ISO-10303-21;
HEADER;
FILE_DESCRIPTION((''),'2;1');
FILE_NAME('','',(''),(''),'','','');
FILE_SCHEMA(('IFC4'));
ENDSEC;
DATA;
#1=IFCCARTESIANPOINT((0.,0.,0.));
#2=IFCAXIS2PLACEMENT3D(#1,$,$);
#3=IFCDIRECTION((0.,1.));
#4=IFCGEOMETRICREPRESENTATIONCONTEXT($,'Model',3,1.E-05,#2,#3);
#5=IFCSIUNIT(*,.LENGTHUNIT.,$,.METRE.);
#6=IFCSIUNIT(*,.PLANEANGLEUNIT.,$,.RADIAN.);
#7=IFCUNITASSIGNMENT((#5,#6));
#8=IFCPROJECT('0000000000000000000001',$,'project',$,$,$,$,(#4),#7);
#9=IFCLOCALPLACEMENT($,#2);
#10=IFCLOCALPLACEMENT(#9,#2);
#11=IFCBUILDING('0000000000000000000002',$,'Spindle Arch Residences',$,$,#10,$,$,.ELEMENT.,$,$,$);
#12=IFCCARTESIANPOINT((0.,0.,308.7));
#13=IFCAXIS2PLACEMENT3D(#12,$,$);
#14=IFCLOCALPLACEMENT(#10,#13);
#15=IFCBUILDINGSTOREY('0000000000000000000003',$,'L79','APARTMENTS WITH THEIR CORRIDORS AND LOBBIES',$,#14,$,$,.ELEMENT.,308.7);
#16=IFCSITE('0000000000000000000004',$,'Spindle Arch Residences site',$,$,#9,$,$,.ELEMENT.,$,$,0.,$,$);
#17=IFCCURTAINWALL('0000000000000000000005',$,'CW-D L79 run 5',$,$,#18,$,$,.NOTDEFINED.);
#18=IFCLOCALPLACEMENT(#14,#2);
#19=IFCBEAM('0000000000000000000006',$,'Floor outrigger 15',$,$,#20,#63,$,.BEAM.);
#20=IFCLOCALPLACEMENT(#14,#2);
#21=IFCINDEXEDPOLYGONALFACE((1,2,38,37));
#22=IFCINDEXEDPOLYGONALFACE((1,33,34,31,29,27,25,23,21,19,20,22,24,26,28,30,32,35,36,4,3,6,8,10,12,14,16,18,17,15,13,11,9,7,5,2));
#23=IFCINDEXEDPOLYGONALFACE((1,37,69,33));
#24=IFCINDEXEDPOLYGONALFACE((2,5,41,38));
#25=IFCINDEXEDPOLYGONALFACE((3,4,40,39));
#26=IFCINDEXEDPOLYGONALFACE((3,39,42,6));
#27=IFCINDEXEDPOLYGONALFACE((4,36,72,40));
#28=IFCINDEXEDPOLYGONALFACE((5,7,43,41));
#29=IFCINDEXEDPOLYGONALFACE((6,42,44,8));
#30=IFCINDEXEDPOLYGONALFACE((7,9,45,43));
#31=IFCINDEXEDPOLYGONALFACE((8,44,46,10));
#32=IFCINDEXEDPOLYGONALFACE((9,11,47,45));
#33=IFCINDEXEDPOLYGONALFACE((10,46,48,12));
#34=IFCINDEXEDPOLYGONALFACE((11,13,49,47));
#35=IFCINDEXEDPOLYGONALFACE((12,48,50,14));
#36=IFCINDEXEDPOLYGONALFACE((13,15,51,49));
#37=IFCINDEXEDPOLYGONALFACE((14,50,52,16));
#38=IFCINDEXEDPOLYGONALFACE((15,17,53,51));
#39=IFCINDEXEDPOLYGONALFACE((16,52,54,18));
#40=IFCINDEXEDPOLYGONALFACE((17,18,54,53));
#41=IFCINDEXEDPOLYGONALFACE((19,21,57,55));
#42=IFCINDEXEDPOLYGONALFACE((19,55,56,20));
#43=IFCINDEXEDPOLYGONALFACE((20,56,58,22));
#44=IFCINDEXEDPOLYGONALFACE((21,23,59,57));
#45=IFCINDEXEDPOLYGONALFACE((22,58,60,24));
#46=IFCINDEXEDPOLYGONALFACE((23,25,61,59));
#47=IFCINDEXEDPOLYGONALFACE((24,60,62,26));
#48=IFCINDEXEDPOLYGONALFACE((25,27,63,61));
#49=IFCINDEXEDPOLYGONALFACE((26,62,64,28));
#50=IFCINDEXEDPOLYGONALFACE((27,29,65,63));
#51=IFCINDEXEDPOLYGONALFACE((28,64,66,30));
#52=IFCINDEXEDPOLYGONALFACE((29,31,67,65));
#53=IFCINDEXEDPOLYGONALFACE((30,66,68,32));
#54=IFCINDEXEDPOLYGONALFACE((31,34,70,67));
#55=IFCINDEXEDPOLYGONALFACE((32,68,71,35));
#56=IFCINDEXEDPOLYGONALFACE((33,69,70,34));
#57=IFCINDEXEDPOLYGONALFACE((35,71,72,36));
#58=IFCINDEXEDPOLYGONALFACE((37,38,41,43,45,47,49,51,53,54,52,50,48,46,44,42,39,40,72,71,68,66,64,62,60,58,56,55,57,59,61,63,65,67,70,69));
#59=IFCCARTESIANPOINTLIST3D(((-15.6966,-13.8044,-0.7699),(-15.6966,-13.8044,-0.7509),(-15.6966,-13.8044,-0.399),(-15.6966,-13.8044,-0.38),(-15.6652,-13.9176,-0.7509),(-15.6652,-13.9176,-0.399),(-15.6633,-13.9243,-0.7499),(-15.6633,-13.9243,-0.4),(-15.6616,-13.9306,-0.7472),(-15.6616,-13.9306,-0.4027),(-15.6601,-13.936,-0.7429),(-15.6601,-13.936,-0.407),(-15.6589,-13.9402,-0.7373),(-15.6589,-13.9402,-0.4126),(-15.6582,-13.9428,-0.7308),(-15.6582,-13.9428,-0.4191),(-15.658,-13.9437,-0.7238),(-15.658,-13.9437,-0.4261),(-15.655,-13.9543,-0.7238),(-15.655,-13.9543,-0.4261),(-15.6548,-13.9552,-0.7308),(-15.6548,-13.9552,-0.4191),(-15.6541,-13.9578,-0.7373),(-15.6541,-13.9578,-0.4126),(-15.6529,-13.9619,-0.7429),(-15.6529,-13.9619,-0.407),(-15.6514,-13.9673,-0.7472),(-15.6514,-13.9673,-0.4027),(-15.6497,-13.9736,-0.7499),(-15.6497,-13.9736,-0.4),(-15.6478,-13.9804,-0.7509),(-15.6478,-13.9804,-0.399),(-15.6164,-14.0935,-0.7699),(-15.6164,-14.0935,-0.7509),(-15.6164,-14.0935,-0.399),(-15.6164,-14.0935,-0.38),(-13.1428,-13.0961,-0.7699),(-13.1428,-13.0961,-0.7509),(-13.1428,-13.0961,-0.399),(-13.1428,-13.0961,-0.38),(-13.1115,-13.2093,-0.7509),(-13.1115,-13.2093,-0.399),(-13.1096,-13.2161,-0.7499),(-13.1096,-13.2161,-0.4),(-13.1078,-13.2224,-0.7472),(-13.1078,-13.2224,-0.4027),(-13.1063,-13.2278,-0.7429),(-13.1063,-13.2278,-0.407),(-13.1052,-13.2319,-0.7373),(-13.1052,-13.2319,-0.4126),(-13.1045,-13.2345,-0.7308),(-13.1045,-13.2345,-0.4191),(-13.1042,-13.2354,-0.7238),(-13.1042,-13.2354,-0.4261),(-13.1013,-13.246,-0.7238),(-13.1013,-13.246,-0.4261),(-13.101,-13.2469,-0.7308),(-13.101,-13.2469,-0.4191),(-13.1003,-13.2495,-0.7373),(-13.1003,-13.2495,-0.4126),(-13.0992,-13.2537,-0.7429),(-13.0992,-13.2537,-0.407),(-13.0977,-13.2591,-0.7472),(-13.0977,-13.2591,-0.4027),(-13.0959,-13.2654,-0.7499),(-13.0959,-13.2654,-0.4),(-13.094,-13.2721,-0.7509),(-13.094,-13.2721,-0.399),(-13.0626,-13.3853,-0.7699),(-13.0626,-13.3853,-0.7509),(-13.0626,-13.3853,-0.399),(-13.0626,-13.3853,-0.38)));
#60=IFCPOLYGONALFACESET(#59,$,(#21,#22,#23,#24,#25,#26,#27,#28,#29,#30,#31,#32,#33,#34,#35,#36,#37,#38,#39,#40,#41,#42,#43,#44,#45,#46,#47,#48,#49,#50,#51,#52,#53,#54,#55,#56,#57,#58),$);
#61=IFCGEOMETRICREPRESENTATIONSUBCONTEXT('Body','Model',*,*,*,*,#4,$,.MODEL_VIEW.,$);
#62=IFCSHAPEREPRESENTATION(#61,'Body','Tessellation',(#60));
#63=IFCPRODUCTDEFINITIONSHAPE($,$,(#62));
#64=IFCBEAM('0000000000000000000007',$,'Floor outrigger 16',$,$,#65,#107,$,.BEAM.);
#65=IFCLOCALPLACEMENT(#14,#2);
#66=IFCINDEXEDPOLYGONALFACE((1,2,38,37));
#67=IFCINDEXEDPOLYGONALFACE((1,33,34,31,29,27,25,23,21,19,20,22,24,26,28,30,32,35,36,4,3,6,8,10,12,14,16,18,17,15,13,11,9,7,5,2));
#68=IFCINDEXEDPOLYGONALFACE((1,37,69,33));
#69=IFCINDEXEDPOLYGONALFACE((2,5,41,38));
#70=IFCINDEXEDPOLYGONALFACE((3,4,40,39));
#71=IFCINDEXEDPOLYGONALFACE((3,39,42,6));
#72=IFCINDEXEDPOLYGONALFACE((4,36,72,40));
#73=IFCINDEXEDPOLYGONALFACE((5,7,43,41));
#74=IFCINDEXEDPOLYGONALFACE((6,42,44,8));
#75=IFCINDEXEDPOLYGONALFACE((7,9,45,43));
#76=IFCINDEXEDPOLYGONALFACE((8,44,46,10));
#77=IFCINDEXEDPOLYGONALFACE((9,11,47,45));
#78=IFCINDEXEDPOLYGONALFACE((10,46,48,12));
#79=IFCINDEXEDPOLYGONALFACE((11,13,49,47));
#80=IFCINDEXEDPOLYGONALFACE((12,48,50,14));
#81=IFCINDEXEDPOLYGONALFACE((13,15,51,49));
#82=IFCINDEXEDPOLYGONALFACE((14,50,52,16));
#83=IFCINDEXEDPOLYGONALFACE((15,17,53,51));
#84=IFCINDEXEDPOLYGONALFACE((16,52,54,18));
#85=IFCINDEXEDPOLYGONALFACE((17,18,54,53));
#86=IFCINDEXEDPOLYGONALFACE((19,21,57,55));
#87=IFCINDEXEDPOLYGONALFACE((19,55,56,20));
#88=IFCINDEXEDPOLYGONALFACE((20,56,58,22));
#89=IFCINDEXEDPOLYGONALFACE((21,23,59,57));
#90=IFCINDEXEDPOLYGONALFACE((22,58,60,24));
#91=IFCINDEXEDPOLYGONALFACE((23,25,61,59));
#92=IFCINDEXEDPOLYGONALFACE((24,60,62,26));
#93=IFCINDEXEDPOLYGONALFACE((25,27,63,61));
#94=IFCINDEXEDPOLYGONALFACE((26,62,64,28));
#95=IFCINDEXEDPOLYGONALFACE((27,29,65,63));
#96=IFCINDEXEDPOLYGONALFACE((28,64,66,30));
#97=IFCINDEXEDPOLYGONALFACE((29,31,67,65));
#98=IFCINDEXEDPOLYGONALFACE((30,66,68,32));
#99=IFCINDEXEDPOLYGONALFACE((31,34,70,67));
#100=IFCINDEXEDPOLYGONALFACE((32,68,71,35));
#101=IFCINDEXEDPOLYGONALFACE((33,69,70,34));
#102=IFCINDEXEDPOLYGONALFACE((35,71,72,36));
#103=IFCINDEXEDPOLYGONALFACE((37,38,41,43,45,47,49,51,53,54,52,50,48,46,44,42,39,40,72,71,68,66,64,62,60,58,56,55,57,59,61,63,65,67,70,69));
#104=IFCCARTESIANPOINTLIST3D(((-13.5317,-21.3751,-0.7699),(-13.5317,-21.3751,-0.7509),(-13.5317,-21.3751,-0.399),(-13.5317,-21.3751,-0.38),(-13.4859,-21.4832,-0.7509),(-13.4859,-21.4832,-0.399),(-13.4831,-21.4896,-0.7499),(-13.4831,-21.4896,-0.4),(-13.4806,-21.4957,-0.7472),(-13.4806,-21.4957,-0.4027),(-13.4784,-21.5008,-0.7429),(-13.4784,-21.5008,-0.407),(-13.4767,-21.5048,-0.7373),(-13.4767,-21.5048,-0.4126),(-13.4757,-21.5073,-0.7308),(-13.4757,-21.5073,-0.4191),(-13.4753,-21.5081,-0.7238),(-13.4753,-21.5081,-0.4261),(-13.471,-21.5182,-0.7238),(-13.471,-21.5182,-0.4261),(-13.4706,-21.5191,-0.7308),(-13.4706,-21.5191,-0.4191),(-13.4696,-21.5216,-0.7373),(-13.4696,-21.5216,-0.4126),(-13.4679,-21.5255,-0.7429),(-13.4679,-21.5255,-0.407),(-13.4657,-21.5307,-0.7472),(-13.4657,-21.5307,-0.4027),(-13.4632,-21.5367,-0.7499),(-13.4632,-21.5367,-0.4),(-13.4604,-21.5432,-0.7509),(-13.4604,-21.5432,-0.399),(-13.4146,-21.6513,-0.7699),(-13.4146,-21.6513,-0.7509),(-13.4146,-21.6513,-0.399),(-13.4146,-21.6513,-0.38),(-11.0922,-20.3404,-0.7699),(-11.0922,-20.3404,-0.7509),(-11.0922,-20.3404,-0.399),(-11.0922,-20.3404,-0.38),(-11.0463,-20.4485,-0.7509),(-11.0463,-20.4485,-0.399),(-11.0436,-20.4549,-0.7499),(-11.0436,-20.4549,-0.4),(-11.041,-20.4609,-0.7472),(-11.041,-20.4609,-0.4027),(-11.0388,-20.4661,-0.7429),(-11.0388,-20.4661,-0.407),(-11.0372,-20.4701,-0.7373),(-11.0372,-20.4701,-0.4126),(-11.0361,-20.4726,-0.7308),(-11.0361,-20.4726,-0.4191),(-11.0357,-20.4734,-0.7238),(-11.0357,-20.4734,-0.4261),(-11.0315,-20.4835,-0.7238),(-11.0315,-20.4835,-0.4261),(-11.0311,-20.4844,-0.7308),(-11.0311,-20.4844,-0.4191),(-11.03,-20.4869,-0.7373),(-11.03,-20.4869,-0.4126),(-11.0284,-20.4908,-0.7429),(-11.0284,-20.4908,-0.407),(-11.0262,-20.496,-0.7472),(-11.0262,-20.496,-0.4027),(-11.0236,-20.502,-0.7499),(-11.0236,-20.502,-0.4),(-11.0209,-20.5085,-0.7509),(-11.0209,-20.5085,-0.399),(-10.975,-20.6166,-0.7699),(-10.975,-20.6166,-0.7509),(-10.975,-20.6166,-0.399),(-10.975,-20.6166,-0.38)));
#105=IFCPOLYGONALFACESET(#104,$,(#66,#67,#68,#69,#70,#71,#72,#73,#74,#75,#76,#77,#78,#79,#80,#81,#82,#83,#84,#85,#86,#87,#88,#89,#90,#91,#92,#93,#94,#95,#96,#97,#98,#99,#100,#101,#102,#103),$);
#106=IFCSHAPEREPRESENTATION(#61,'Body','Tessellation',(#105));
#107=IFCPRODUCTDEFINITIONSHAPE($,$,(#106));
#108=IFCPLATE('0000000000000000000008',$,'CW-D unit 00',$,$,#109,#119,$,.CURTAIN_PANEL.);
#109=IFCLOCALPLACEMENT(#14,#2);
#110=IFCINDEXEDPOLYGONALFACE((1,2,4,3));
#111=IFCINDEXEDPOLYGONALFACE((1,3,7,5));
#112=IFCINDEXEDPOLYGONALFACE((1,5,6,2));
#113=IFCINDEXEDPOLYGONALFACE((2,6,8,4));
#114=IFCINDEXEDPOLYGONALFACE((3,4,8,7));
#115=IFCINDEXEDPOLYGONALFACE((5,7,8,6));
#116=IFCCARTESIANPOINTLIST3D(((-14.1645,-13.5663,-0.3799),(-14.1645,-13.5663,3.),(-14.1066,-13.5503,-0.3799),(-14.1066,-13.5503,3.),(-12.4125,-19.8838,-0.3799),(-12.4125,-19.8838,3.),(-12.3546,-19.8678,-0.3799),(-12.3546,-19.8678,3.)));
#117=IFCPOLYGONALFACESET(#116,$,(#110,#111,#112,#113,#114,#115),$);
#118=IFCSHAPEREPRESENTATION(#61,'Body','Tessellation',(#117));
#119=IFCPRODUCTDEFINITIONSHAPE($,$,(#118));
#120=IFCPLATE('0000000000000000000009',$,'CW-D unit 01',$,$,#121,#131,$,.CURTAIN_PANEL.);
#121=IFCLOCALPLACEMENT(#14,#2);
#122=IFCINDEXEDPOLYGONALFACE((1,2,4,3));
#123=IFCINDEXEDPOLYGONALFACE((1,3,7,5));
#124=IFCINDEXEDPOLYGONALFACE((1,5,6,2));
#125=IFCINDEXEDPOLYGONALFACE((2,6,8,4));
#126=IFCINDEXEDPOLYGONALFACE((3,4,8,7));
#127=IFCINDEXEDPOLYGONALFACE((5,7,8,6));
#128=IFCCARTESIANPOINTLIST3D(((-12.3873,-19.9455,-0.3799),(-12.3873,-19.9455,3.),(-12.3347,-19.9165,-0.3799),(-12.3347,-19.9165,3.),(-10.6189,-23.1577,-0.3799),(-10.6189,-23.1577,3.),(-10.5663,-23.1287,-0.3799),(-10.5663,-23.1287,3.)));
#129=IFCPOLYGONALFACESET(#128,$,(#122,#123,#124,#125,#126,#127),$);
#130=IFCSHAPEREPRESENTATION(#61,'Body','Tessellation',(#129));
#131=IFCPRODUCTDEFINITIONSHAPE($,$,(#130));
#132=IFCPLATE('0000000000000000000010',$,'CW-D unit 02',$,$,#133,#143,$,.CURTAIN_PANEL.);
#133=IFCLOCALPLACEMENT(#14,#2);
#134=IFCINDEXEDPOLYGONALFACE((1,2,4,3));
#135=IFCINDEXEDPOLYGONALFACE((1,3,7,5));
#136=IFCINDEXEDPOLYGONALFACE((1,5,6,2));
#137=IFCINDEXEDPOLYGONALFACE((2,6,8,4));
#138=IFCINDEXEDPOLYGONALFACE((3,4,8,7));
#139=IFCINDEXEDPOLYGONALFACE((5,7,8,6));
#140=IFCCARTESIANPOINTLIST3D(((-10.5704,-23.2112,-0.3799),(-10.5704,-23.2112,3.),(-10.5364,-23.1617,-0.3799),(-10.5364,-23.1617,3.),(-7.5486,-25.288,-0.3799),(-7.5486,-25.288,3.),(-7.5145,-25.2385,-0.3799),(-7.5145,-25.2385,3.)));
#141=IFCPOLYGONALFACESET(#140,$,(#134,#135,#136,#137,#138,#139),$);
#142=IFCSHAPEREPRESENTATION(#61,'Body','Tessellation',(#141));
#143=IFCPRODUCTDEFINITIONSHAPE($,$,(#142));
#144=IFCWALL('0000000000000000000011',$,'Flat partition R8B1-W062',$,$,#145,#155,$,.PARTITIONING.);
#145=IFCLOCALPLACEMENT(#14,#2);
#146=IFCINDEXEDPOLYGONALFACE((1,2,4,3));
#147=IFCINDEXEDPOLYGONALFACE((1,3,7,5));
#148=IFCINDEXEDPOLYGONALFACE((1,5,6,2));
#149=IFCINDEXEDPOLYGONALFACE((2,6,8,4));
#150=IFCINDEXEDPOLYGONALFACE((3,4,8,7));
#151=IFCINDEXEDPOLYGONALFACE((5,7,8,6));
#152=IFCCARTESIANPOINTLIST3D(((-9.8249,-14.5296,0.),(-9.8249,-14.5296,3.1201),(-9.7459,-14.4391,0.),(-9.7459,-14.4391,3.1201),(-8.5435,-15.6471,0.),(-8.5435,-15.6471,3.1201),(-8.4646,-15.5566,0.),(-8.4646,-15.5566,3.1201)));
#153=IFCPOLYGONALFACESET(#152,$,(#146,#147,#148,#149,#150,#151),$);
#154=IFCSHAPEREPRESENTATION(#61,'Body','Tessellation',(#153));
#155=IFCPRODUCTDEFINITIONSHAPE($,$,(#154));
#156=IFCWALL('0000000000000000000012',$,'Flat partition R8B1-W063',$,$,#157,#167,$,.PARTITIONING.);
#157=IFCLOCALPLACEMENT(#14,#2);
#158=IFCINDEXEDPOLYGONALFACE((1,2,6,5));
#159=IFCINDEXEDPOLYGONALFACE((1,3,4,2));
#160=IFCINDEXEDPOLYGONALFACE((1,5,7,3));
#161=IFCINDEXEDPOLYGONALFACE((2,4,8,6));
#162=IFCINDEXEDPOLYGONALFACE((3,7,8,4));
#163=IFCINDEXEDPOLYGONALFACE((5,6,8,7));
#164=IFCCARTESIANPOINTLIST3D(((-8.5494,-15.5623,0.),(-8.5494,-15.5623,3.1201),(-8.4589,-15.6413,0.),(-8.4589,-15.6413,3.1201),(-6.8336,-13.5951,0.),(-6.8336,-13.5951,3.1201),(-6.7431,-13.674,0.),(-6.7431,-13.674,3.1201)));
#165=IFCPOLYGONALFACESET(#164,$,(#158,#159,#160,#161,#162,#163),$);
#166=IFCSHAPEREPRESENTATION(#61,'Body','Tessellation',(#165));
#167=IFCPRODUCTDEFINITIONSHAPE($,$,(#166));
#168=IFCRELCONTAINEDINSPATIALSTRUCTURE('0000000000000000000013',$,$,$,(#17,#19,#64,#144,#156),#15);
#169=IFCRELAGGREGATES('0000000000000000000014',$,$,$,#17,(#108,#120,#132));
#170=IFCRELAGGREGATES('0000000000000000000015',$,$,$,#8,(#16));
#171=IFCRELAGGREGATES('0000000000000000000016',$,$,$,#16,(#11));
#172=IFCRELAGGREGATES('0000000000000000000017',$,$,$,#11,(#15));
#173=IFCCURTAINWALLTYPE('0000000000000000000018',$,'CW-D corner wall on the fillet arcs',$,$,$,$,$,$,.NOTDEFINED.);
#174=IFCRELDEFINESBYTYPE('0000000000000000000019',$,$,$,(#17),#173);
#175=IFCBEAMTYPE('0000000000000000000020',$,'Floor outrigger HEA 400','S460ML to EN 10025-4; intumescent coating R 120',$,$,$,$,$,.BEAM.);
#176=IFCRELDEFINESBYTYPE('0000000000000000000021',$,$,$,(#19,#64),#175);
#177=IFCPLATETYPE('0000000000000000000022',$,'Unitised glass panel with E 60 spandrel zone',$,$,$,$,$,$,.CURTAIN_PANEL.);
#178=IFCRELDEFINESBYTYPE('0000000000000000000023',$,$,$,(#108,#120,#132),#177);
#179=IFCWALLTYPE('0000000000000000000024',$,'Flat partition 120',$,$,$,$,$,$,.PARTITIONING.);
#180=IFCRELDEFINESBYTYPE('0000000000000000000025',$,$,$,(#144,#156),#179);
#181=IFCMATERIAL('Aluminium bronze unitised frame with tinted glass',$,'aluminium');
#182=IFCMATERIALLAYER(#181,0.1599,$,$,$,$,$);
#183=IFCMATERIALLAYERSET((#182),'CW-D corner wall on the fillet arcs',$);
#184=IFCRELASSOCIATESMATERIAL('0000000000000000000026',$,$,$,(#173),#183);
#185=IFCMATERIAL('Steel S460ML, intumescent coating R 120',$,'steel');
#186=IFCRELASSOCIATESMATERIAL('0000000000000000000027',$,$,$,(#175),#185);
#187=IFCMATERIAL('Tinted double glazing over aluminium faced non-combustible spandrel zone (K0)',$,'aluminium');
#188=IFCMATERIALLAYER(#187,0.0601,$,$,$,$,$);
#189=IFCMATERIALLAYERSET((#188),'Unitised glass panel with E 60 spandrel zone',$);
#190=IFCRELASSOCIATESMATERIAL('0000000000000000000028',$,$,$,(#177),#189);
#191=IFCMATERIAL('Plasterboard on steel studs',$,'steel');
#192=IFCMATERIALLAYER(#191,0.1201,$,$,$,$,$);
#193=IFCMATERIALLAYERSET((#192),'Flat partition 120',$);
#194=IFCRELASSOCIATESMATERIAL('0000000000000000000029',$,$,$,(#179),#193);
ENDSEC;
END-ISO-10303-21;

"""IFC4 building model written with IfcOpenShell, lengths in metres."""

from ifc_helpers import new_model, si_unit, direction, frame, frame_2d, origin, origin_2d, place, context, subcontext, project, spatial, rectangle, i_section, extrude, material, layer, layer_set, material_profile, profile_set, type_object, element, aggregate, save


model = new_model("IFC4")

# Units and contexts
model_context = context("Model", 3, precision=1e-05, world=origin(), true_north=direction((0.0, 1.0)))
body_context = subcontext(model_context, "Body", "Model", "MODEL_VIEW")
ifc_project = project(units=[si_unit("LENGTHUNIT", "METRE"), si_unit("PLANEANGLEUNIT", "RADIAN")], contexts=[model_context])

# Site, building, storey
site_placement = place(None, origin())
site = spatial("IfcSite", under=ifc_project, at=site_placement, Name="Spindle Arch Residences site", CompositionType="ELEMENT", RefElevation=0.0)
building_placement = place(site_placement, origin())
building = spatial("IfcBuilding", under=site, at=building_placement, Name="Spindle Arch Residences", CompositionType="ELEMENT")
storey_placement = place(building_placement, frame((0.0, 0.0, 308.7)))
storey = spatial("IfcBuildingStorey", under=building, at=storey_placement, Name="L79", Description="APARTMENTS WITH THEIR CORRIDORS AND LOBBIES", CompositionType="ELEMENT", Elevation=308.7)

# Curtain wall
ifc_material_1 = material(Name="Aluminium bronze unitised frame with tinted glass", Category="aluminium")
ifc_layer_1 = layer(ifc_material_1, 0.1599)
ifc_layer_set_1 = layer_set([ifc_layer_1], Name="CW-D corner wall on the fillet arcs")
curtain_wall_type = type_object("IfcCurtainWallType", Name="CW-D corner wall on the fillet arcs", PredefinedType="NOTDEFINED", material=ifc_layer_set_1)
curtain_wall_placement = place(storey_placement, origin())
curtain_wall = element("IfcCurtainWall", 1, at=curtain_wall_placement, inside=storey, type_object=curtain_wall_type, Name="CW-D L79 run 5", PredefinedType="NOTDEFINED")

# Beams
ifc_material_2 = material(Name="Steel S460ML, intumescent coating R 120", Category="steel")
ifc_material_profile_1 = material_profile(ifc_material_2, i_section(OverallWidth=0.3, OverallDepth=0.3899, WebThickness=0.011, FlangeThickness=0.019, FilletRadius=0.0271, at=origin_2d()), Name="HEA 400")
ifc_profile_set_1 = profile_set([ifc_material_profile_1], Name="Steel S460ML, intumescent coating R 120")
beam_type_1 = type_object("IfcBeamType", Name="Floor outrigger HEA 400", Description="S460ML to EN 10025-4; intumescent coating R 120", PredefinedType="BEAM", material=ifc_profile_set_1)
beam_1_placement = place(storey_placement, frame((-15.6565, -13.949, -0.575), z_axis=(0.963626, 0.267254, 0.0), x_axis=(-0.267254, 0.963626, 0.0)))
element("IfcBeam", 2, at=beam_1_placement, inside=storey, type_object=beam_type_1, Name="Floor outrigger 15", PredefinedType="BEAM", context=body_context, shape_type="SweptSolid", body=[
    extrude(i_section(OverallWidth=0.3, OverallDepth=0.3899, WebThickness=0.011, FlangeThickness=0.019, FilletRadius=0.0271, at=origin_2d()), origin(), (0.0, 0.0, 1.0), 2.6501),
])
beam_2_placement = place(storey_placement, frame((-13.4731, -21.5132, -0.575), z_axis=(0.920616, 0.390469, 0.0), x_axis=(-0.390469, 0.920616, 0.0)))
element("IfcBeam", 3, at=beam_2_placement, inside=storey, type_object=beam_type_1, Name="Floor outrigger 16", PredefinedType="BEAM", context=body_context, shape_type="SweptSolid", body=[
    extrude(i_section(OverallWidth=0.3, OverallDepth=0.3899, WebThickness=0.011, FlangeThickness=0.019, FilletRadius=0.0271, at=origin_2d()), origin(), (0.0, 0.0, 1.0), 2.6499),
])

# Plates
ifc_material_3 = material(Name="Tinted double glazing over aluminium faced non-combustible spandrel zone (K0)", Category="aluminium")
ifc_layer_2 = layer(ifc_material_3, 0.0601)
ifc_layer_set_2 = layer_set([ifc_layer_2], Name="Unitised glass panel with E 60 spandrel zone")
plate_type = type_object("IfcPlateType", Name="Unitised glass panel with E 60 spandrel zone", PredefinedType="CURTAIN_PANEL", material=ifc_layer_set_2)
plate_1_placement = place(storey_placement, frame((-13.2595, -16.717, -0.3799), z_axis=(0.0, 0.0, 1.0), x_axis=(0.267238, -0.96363, 0.0)))
plate_1 = element("IfcPlate", 4, at=plate_1_placement, type_object=plate_type, Name="CW-D unit 00", PredefinedType="CURTAIN_PANEL", context=body_context, shape_type="SweptSolid", body=[
    extrude(rectangle(XDim=6.5559, YDim=0.0601, at=origin_2d()), origin(), (0.0, 0.0, 1.0), 3.3799),
])
plate_2_placement = place(storey_placement, frame((-11.4768, -21.5371, -0.3799), z_axis=(0.0, 0.0, 1.0), x_axis=(0.482263, -0.876026, 0.0)))
plate_2 = element("IfcPlate", 5, at=plate_2_placement, type_object=plate_type, Name="CW-D unit 01", PredefinedType="CURTAIN_PANEL", context=body_context, shape_type="SweptSolid", body=[
    extrude(rectangle(XDim=3.6667, YDim=0.0601, at=origin_2d()), origin(), (0.0, 0.0, 1.0), 3.3799),
])
plate_3_placement = place(storey_placement, frame((-9.0425, -24.2249, -0.3799), z_axis=(0.0, 0.0, 1.0), x_axis=(0.824126, -0.566406, 0.0)))
plate_3 = element("IfcPlate", 6, at=plate_3_placement, type_object=plate_type, Name="CW-D unit 02", PredefinedType="CURTAIN_PANEL", context=body_context, shape_type="SweptSolid", body=[
    extrude(rectangle(XDim=3.6667, YDim=0.0601, at=origin_2d()), origin(), (0.0, 0.0, 1.0), 3.3799),
])
aggregate(curtain_wall, [plate_1, plate_2, plate_3])

# Walls
ifc_material_4 = material(Name="Plasterboard on steel studs", Category="steel")
ifc_layer_3 = layer(ifc_material_4, 0.1201)
ifc_layer_set_3 = layer_set([ifc_layer_3], Name="Flat partition 120")
wall_type = type_object("IfcWallType", Name="Flat partition 120", PredefinedType="PARTITIONING", material=ifc_layer_set_3)
wall_1_placement = place(storey_placement, frame((-9.7854, -14.4844, 0.0), z_axis=(0.0, 0.0, 1.0), x_axis=(0.753643, -0.657284, 0.0)))
element("IfcWall", 7, at=wall_1_placement, inside=storey, type_object=wall_type, Name="Flat partition R8B1-W062", PredefinedType="PARTITIONING", context=body_context, shape_type="SweptSolid", body=[
    extrude(rectangle(XDim=1.7002, YDim=0.1201, at=frame_2d((0.8501, 0.0))), origin(), (0.0, 0.0, 1.0), 3.1201),
])
wall_2_placement = place(storey_placement, frame((-8.5042, -15.6018, 0.0), z_axis=(0.0, 0.0, 1.0), x_axis=(0.657299, 0.75363, 0.0)))
element("IfcWall", 8, at=wall_2_placement, inside=storey, type_object=wall_type, Name="Flat partition R8B1-W063", PredefinedType="PARTITIONING", context=body_context, shape_type="SweptSolid", body=[
    extrude(rectangle(XDim=2.6104, YDim=0.1201, at=frame_2d((1.3052, 0.0))), origin(), (0.0, 0.0, 1.0), 3.1201),
])

save(model, "model.ifc")
